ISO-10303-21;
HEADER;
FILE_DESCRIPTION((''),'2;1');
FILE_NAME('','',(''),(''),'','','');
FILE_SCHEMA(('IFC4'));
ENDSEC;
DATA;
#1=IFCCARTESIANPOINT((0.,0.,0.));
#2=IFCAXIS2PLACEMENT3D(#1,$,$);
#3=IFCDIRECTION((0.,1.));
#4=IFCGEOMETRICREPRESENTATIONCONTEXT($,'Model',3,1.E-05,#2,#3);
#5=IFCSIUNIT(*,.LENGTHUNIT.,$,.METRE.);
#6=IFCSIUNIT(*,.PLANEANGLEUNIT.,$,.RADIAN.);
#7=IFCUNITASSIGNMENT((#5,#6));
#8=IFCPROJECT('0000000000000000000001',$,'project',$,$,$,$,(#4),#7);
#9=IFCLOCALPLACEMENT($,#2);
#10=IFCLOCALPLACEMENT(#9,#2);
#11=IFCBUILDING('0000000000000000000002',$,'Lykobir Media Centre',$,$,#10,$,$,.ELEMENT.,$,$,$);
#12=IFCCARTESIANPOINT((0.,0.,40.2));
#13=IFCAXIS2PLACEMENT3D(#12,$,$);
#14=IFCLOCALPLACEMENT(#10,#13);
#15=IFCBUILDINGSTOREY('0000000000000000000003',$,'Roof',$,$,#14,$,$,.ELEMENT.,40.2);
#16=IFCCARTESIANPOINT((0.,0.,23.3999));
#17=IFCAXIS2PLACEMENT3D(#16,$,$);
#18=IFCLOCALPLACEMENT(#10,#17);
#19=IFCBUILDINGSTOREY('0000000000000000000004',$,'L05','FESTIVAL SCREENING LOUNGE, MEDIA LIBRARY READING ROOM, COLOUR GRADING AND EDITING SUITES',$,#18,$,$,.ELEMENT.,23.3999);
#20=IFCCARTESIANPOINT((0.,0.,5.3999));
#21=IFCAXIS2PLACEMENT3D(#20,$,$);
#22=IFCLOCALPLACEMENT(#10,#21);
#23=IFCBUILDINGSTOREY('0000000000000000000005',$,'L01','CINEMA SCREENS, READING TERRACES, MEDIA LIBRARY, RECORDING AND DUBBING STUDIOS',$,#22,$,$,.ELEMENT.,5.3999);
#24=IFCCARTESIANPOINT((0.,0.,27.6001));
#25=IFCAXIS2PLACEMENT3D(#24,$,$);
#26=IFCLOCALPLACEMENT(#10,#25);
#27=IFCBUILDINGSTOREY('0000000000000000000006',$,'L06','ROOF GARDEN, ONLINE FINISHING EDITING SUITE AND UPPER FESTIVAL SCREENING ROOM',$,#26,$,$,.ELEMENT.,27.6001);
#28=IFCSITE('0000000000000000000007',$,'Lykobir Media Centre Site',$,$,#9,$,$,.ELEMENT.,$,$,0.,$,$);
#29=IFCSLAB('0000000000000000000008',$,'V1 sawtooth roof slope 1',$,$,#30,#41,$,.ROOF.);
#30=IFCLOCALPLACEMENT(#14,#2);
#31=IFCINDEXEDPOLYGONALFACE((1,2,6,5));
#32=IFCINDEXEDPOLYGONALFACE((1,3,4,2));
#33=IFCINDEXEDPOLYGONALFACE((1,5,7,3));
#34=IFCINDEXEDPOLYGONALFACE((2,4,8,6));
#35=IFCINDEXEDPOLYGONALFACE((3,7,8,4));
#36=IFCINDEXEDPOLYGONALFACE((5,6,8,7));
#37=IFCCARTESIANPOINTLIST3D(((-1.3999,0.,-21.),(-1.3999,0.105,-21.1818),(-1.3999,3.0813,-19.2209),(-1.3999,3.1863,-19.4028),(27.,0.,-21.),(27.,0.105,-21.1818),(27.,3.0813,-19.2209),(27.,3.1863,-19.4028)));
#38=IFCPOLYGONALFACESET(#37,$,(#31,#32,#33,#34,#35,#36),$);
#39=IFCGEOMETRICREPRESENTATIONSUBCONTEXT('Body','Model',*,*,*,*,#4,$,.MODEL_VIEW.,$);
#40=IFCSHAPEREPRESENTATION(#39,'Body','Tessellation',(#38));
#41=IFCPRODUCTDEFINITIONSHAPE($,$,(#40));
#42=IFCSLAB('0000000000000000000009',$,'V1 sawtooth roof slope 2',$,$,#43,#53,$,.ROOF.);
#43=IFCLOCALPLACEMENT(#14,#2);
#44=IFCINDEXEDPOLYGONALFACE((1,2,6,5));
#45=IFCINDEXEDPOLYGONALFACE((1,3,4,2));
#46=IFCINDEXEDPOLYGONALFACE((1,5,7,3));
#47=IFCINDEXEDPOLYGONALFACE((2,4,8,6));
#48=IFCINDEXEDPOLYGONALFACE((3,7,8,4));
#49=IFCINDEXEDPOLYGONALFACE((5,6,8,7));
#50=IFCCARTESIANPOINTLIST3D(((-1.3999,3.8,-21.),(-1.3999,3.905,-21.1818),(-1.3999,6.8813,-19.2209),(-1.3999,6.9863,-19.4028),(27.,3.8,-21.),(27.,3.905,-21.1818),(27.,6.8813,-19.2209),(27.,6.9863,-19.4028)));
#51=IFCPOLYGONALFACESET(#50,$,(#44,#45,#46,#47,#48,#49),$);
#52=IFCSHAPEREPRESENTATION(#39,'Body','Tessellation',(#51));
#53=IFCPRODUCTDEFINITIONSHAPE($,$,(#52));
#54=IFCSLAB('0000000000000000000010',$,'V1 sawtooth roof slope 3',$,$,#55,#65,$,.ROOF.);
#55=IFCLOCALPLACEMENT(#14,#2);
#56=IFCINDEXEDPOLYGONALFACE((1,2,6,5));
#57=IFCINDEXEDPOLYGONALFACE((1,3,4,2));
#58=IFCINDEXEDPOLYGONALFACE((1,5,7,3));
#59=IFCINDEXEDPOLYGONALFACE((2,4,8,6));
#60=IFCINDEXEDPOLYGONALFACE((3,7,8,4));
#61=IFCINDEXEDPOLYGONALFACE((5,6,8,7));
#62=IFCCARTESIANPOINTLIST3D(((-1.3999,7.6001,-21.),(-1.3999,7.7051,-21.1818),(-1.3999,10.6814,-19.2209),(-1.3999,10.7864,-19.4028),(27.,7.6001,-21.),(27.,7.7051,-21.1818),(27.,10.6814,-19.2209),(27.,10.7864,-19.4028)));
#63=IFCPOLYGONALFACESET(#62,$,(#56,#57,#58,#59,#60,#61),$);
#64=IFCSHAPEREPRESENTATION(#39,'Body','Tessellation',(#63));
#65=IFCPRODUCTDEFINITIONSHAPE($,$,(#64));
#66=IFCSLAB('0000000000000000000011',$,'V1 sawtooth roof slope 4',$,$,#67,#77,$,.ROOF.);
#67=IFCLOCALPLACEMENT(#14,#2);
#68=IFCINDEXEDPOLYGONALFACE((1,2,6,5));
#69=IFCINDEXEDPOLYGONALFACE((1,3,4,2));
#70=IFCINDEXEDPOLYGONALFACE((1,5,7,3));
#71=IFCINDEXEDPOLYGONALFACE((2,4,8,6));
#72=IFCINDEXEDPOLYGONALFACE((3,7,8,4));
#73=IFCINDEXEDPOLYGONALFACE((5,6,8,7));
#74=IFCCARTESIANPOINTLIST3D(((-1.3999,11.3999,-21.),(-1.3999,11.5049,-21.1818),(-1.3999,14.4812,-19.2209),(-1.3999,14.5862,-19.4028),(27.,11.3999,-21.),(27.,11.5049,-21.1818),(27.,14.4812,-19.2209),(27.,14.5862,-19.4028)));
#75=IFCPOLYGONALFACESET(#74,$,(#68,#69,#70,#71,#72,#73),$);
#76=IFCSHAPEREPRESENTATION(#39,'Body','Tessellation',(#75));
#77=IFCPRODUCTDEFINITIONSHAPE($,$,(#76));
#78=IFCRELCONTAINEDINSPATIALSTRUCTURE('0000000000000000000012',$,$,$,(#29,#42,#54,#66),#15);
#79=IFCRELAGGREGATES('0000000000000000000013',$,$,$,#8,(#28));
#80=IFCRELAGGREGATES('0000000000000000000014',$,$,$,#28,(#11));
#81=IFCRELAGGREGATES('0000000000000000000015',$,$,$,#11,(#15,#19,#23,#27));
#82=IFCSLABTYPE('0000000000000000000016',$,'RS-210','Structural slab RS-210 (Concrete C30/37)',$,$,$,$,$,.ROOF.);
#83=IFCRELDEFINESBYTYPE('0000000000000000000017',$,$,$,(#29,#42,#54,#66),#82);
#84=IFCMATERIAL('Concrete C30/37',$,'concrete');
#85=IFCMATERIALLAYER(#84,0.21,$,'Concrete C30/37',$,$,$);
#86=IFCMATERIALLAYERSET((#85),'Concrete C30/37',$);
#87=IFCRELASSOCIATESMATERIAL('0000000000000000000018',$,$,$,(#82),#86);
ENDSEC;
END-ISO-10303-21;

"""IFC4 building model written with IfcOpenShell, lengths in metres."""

from ifc_helpers import new_model, si_unit, direction, frame, origin, place, context, subcontext, project, spatial, polyline, outline, extrude, material, layer, layer_set, type_object, element, save


model = new_model("IFC4")

# Units and contexts
model_context = context("Model", 3, precision=1e-05, world=origin(), true_north=direction((0.0, 1.0)))
body_context = subcontext(model_context, "Body", "Model", "MODEL_VIEW")
ifc_project = project(units=[si_unit("LENGTHUNIT", "METRE"), si_unit("PLANEANGLEUNIT", "RADIAN")], contexts=[model_context])

# Site, building, storey
site_placement = place(None, origin())
site = spatial("IfcSite", under=ifc_project, at=site_placement, Name="Lykobir Media Centre Site", CompositionType="ELEMENT", RefElevation=0.0)
building_placement = place(site_placement, origin())
building = spatial("IfcBuilding", under=site, at=building_placement, Name="Lykobir Media Centre", CompositionType="ELEMENT")
storey_1_placement = place(building_placement, frame((0.0, 0.0, 40.2)))
storey_1 = spatial("IfcBuildingStorey", under=building, at=storey_1_placement, Name="Roof", CompositionType="ELEMENT", Elevation=40.2)

# Slabs
ifc_material_1 = material(Name="Concrete C30/37", Category="concrete")
ifc_layer_1 = layer(ifc_material_1, 0.21, Name="Concrete C30/37")
ifc_layer_set_1 = layer_set([ifc_layer_1], Name="Concrete C30/37")
slab_type_1 = type_object("IfcSlabType", Name="RS-210", Description="Structural slab RS-210 (Concrete C30/37)", PredefinedType="ROOF", material=ifc_layer_set_1)
for number, where, z_axis, x_axis, name in (
    (1, (-1.3999, 0.0, -21.0), (0.0, -0.500013, 0.866018), (1.0, 0.0, 0.0), "V1 sawtooth roof slope 1"),
    (2, (-1.3999, 3.8, -21.0), (0.0, -0.500013, 0.866018), (1.0, 0.0, 0.0), "V1 sawtooth roof slope 2"),
    (3, (-1.3999, 7.6001, -21.0), (0.0, -0.500013, 0.866018), (1.0, 0.0, 0.0), "V1 sawtooth roof slope 3"),
    (4, (-1.3999, 11.3999, -21.0), (0.0, -0.500013, 0.866018), (1.0, 0.0, 0.0), "V1 sawtooth roof slope 4"),
):
    element("IfcSlab", number, at=place(storey_1_placement, frame(where, z_axis=z_axis, x_axis=x_axis)), inside=storey_1, type_object=slab_type_1, Name=name, PredefinedType="ROOF", context=body_context, shape_type="SweptSolid", body=[
        extrude(outline(polyline([(0.0, 0.0), (28.3999, 0.0), (28.3999, 3.558), (0.0, 3.558), (0.0, 0.0)])), origin(), (0.0, 0.0, -1.0), 0.21),
    ])

# Shared definitions
storey_2_placement = place(building_placement, frame((0.0, 0.0, 23.3999)))
storey_2 = spatial("IfcBuildingStorey", under=building, at=storey_2_placement, Name="L05", Description="FESTIVAL SCREENING LOUNGE, MEDIA LIBRARY READING ROOM, COLOUR GRADING AND EDITING SUITES", CompositionType="ELEMENT", Elevation=23.3999)

# Shared definitions
storey_3_placement = place(building_placement, frame((0.0, 0.0, 5.3999)))
storey_3 = spatial("IfcBuildingStorey", under=building, at=storey_3_placement, Name="L01", Description="CINEMA SCREENS, READING TERRACES, MEDIA LIBRARY, RECORDING AND DUBBING STUDIOS", CompositionType="ELEMENT", Elevation=5.3999)

# Shared definitions
storey_4_placement = place(building_placement, frame((0.0, 0.0, 27.6001)))
storey_4 = spatial("IfcBuildingStorey", under=building, at=storey_4_placement, Name="L06", Description="ROOF GARDEN, ONLINE FINISHING EDITING SUITE AND UPPER FESTIVAL SCREENING ROOM", CompositionType="ELEMENT", Elevation=27.6001)

save(model, "model.ifc")
